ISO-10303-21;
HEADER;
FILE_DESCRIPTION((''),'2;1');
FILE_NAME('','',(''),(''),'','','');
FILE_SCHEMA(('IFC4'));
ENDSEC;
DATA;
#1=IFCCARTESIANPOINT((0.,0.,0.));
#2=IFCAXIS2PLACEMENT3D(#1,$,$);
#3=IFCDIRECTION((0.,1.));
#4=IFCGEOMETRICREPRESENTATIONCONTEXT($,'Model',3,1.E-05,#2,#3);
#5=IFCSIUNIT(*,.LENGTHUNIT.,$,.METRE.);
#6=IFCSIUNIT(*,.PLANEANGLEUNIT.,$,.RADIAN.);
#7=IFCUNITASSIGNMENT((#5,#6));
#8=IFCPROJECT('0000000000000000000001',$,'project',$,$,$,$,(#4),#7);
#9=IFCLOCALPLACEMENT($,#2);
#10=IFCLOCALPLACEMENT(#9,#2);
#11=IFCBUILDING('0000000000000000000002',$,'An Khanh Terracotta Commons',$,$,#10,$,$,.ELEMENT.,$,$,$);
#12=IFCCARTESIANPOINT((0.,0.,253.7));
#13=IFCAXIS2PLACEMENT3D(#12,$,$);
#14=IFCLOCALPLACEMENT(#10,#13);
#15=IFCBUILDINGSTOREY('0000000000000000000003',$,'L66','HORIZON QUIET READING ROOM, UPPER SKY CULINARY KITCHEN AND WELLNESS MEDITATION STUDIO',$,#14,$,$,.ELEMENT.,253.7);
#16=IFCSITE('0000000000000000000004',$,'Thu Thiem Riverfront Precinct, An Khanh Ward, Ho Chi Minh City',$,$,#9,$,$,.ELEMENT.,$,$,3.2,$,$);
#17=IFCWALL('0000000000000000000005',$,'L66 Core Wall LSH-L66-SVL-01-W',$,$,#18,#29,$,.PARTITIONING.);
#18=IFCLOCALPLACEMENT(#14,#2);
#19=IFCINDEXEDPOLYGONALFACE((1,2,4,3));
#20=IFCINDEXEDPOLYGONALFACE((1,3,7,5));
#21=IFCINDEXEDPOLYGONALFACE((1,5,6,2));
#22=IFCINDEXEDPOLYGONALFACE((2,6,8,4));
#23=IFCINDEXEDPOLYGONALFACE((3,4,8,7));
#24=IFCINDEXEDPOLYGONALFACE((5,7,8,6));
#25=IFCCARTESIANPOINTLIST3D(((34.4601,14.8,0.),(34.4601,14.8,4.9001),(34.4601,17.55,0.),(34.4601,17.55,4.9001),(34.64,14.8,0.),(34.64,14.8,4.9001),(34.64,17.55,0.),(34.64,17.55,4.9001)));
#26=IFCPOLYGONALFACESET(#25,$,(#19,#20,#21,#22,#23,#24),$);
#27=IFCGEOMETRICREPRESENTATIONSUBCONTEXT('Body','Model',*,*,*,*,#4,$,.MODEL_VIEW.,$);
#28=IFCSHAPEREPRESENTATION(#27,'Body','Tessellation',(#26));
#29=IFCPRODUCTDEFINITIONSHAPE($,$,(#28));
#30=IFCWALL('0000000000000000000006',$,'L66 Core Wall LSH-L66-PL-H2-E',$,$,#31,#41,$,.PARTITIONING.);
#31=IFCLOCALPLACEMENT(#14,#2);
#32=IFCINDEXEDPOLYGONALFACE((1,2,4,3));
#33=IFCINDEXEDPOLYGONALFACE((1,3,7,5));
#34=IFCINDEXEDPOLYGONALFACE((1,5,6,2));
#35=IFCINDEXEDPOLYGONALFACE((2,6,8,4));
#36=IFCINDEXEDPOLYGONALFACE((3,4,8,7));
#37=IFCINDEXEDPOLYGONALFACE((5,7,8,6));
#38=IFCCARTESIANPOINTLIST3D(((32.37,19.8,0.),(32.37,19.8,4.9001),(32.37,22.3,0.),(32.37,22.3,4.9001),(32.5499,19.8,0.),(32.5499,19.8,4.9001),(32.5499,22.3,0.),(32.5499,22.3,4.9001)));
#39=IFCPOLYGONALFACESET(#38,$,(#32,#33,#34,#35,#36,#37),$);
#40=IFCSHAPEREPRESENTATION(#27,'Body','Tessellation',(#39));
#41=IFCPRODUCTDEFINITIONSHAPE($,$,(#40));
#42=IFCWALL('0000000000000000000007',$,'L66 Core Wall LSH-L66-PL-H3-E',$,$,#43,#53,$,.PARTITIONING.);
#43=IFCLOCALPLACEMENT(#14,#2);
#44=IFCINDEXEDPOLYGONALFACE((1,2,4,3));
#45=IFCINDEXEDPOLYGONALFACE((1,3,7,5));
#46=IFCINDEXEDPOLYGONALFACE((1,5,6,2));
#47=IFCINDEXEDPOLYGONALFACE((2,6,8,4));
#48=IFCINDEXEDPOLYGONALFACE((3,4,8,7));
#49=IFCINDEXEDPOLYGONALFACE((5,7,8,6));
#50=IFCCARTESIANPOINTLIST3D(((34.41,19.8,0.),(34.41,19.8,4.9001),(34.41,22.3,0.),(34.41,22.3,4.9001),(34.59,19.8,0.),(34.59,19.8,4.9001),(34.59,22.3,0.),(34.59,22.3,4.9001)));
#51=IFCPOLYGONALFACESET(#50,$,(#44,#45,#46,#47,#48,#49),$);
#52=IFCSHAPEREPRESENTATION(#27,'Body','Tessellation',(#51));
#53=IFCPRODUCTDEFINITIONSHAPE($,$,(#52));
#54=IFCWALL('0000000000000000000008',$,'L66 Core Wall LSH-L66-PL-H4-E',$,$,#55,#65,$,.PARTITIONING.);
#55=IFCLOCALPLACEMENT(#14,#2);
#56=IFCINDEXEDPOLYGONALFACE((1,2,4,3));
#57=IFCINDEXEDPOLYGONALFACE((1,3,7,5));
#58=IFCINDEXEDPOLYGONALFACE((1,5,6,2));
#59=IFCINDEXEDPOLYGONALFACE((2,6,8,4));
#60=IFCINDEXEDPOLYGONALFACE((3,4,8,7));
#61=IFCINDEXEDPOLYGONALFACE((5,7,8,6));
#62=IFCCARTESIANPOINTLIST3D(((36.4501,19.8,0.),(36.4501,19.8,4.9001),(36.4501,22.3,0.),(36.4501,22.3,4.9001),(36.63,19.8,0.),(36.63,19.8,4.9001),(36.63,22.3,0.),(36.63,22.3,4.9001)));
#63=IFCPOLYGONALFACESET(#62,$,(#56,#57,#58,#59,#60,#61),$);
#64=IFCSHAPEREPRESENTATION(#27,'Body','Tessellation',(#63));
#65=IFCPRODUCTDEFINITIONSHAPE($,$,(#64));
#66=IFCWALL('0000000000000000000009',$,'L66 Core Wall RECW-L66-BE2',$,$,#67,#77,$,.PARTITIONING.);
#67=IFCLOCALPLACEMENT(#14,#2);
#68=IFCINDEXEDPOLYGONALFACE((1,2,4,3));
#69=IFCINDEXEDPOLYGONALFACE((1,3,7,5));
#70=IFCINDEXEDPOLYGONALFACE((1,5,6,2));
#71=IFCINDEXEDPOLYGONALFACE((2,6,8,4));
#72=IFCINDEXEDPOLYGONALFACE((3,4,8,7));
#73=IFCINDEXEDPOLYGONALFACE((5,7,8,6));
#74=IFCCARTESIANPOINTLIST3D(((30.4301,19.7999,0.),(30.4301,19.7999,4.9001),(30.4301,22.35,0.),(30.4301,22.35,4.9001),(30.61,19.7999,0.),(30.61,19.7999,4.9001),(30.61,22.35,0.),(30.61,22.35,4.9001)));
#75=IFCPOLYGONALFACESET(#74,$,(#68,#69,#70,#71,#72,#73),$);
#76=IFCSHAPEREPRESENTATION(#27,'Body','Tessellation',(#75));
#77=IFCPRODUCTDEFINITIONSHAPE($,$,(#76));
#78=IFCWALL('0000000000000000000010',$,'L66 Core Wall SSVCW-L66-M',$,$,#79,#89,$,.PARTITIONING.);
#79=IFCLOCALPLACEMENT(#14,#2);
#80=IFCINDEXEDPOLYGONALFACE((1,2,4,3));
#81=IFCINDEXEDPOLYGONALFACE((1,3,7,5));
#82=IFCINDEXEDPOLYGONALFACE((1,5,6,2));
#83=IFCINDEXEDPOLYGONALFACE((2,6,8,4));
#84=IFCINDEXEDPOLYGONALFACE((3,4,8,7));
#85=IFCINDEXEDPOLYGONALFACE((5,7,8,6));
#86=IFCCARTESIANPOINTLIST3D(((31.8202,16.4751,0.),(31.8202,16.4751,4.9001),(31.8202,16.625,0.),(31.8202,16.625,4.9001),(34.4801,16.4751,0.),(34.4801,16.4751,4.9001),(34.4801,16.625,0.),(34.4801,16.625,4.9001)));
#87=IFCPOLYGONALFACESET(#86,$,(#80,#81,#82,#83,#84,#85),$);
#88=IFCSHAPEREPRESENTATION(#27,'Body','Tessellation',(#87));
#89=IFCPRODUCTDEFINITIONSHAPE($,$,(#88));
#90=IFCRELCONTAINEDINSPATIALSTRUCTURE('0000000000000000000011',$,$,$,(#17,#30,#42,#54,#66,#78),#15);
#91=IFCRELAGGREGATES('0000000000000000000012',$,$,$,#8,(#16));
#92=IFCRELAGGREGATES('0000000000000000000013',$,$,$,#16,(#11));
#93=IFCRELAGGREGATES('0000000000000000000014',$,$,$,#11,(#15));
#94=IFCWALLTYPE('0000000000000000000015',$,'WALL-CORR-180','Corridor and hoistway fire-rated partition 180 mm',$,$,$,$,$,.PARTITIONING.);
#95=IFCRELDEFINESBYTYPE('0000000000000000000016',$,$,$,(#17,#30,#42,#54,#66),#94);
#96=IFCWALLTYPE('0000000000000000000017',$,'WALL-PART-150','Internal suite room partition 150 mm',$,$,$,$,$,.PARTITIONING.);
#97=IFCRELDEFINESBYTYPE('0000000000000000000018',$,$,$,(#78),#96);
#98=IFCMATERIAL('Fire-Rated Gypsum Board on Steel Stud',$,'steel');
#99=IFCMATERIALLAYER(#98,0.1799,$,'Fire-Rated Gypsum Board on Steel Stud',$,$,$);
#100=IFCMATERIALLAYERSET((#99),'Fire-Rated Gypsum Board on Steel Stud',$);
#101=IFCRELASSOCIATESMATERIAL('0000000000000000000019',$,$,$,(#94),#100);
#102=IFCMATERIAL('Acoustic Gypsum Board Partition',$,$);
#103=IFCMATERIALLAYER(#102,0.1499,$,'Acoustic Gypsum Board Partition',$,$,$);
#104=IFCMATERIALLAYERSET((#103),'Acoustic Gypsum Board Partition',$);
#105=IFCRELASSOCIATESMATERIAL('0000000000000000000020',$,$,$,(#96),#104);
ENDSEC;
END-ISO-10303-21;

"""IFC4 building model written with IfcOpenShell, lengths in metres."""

from ifc_helpers import new_model, si_unit, direction, frame, frame_2d, origin, place, context, subcontext, project, spatial, rectangle, extrude, material, layer, layer_set, type_object, element, save


model = new_model("IFC4")

# Units and contexts
model_context = context("Model", 3, precision=1e-05, world=origin(), true_north=direction((0.0, 1.0)))
body_context = subcontext(model_context, "Body", "Model", "MODEL_VIEW")
ifc_project = project(units=[si_unit("LENGTHUNIT", "METRE"), si_unit("PLANEANGLEUNIT", "RADIAN")], contexts=[model_context])

# Site, building, storey
site_placement = place(None, origin())
site = spatial("IfcSite", under=ifc_project, at=site_placement, Name="Thu Thiem Riverfront Precinct, An Khanh Ward, Ho Chi Minh City", CompositionType="ELEMENT", RefElevation=3.2)
building_placement = place(site_placement, origin())
building = spatial("IfcBuilding", under=site, at=building_placement, Name="An Khanh Terracotta Commons", CompositionType="ELEMENT")
storey_placement = place(building_placement, frame((0.0, 0.0, 253.7)))
storey = spatial("IfcBuildingStorey", under=building, at=storey_placement, Name="L66", Description="HORIZON QUIET READING ROOM, UPPER SKY CULINARY KITCHEN AND WELLNESS MEDITATION STUDIO", CompositionType="ELEMENT", Elevation=253.7)

# Shared definitions
ifc_material_1 = material(Name="Fire-Rated Gypsum Board on Steel Stud", Category="steel")
ifc_layer_1 = layer(ifc_material_1, 0.1799, Name="Fire-Rated Gypsum Board on Steel Stud")
ifc_layer_set_1 = layer_set([ifc_layer_1], Name="Fire-Rated Gypsum Board on Steel Stud")
wall_type_1 = type_object("IfcWallType", Name="WALL-CORR-180", Description="Corridor and hoistway fire-rated partition 180 mm", PredefinedType="PARTITIONING", material=ifc_layer_set_1)

# Walls
wall_1_placement = place(storey_placement, frame((34.55, 17.55, 0.0), z_axis=(0.0, 0.0, 1.0), x_axis=(0.0, -1.0, 0.0)))
element("IfcWall", 1, at=wall_1_placement, inside=storey, type_object=wall_type_1, Name="L66 Core Wall LSH-L66-SVL-01-W", PredefinedType="PARTITIONING", context=body_context, shape_type="SweptSolid", body=[
    extrude(rectangle(XDim=2.75, YDim=0.1799, at=frame_2d((1.375, 0.0))), origin(), (0.0, 0.0, 1.0), 4.9001),
])
for number, where, z_axis, x_axis, name in (
    (2, (32.46, 19.8, 0.0), (0.0, 0.0, 1.0), (0.0, 1.0, 0.0), "L66 Core Wall LSH-L66-PL-H2-E"),
    (3, (34.5, 19.8, 0.0), (0.0, 0.0, 1.0), (0.0, 1.0, 0.0), "L66 Core Wall LSH-L66-PL-H3-E"),
    (4, (36.54, 19.8, 0.0), (0.0, 0.0, 1.0), (0.0, 1.0, 0.0), "L66 Core Wall LSH-L66-PL-H4-E"),
):
    element("IfcWall", number, at=place(storey_placement, frame(where, z_axis=z_axis, x_axis=x_axis)), inside=storey, type_object=wall_type_1, Name=name, PredefinedType="PARTITIONING", context=body_context, shape_type="SweptSolid", body=[
        extrude(rectangle(XDim=2.5, YDim=0.1799, at=frame_2d((1.25, 0.0))), origin(), (0.0, 0.0, 1.0), 4.9001),
    ])
wall_2_placement = place(storey_placement, frame((30.52, 19.8, 0.0), z_axis=(0.0, 0.0, 1.0), x_axis=(0.0, 1.0, 0.0)))
element("IfcWall", 5, at=wall_2_placement, inside=storey, type_object=wall_type_1, Name="L66 Core Wall RECW-L66-BE2", PredefinedType="PARTITIONING", context=body_context, shape_type="SweptSolid", body=[
    extrude(rectangle(XDim=2.55, YDim=0.1799, at=frame_2d((1.2749, 0.0))), origin(), (0.0, 0.0, 1.0), 4.9001),
])
ifc_material_2 = material(Name="Acoustic Gypsum Board Partition")
ifc_layer_2 = layer(ifc_material_2, 0.1499, Name="Acoustic Gypsum Board Partition")
ifc_layer_set_2 = layer_set([ifc_layer_2], Name="Acoustic Gypsum Board Partition")
wall_type_2 = type_object("IfcWallType", Name="WALL-PART-150", Description="Internal suite room partition 150 mm", PredefinedType="PARTITIONING", material=ifc_layer_set_2)
wall_3_placement = place(storey_placement, frame((31.8201, 16.55, 0.0), z_axis=(0.0, 0.0, 1.0), x_axis=(1.0, 0.0, 0.0)))
element("IfcWall", 6, at=wall_3_placement, inside=storey, type_object=wall_type_2, Name="L66 Core Wall SSVCW-L66-M", PredefinedType="PARTITIONING", context=body_context, shape_type="SweptSolid", body=[
    extrude(rectangle(XDim=2.6599, YDim=0.1499, at=frame_2d((1.3301, 0.0))), origin(), (0.0, 0.0, 1.0), 4.9001),
])

save(model, "model.ifc")
